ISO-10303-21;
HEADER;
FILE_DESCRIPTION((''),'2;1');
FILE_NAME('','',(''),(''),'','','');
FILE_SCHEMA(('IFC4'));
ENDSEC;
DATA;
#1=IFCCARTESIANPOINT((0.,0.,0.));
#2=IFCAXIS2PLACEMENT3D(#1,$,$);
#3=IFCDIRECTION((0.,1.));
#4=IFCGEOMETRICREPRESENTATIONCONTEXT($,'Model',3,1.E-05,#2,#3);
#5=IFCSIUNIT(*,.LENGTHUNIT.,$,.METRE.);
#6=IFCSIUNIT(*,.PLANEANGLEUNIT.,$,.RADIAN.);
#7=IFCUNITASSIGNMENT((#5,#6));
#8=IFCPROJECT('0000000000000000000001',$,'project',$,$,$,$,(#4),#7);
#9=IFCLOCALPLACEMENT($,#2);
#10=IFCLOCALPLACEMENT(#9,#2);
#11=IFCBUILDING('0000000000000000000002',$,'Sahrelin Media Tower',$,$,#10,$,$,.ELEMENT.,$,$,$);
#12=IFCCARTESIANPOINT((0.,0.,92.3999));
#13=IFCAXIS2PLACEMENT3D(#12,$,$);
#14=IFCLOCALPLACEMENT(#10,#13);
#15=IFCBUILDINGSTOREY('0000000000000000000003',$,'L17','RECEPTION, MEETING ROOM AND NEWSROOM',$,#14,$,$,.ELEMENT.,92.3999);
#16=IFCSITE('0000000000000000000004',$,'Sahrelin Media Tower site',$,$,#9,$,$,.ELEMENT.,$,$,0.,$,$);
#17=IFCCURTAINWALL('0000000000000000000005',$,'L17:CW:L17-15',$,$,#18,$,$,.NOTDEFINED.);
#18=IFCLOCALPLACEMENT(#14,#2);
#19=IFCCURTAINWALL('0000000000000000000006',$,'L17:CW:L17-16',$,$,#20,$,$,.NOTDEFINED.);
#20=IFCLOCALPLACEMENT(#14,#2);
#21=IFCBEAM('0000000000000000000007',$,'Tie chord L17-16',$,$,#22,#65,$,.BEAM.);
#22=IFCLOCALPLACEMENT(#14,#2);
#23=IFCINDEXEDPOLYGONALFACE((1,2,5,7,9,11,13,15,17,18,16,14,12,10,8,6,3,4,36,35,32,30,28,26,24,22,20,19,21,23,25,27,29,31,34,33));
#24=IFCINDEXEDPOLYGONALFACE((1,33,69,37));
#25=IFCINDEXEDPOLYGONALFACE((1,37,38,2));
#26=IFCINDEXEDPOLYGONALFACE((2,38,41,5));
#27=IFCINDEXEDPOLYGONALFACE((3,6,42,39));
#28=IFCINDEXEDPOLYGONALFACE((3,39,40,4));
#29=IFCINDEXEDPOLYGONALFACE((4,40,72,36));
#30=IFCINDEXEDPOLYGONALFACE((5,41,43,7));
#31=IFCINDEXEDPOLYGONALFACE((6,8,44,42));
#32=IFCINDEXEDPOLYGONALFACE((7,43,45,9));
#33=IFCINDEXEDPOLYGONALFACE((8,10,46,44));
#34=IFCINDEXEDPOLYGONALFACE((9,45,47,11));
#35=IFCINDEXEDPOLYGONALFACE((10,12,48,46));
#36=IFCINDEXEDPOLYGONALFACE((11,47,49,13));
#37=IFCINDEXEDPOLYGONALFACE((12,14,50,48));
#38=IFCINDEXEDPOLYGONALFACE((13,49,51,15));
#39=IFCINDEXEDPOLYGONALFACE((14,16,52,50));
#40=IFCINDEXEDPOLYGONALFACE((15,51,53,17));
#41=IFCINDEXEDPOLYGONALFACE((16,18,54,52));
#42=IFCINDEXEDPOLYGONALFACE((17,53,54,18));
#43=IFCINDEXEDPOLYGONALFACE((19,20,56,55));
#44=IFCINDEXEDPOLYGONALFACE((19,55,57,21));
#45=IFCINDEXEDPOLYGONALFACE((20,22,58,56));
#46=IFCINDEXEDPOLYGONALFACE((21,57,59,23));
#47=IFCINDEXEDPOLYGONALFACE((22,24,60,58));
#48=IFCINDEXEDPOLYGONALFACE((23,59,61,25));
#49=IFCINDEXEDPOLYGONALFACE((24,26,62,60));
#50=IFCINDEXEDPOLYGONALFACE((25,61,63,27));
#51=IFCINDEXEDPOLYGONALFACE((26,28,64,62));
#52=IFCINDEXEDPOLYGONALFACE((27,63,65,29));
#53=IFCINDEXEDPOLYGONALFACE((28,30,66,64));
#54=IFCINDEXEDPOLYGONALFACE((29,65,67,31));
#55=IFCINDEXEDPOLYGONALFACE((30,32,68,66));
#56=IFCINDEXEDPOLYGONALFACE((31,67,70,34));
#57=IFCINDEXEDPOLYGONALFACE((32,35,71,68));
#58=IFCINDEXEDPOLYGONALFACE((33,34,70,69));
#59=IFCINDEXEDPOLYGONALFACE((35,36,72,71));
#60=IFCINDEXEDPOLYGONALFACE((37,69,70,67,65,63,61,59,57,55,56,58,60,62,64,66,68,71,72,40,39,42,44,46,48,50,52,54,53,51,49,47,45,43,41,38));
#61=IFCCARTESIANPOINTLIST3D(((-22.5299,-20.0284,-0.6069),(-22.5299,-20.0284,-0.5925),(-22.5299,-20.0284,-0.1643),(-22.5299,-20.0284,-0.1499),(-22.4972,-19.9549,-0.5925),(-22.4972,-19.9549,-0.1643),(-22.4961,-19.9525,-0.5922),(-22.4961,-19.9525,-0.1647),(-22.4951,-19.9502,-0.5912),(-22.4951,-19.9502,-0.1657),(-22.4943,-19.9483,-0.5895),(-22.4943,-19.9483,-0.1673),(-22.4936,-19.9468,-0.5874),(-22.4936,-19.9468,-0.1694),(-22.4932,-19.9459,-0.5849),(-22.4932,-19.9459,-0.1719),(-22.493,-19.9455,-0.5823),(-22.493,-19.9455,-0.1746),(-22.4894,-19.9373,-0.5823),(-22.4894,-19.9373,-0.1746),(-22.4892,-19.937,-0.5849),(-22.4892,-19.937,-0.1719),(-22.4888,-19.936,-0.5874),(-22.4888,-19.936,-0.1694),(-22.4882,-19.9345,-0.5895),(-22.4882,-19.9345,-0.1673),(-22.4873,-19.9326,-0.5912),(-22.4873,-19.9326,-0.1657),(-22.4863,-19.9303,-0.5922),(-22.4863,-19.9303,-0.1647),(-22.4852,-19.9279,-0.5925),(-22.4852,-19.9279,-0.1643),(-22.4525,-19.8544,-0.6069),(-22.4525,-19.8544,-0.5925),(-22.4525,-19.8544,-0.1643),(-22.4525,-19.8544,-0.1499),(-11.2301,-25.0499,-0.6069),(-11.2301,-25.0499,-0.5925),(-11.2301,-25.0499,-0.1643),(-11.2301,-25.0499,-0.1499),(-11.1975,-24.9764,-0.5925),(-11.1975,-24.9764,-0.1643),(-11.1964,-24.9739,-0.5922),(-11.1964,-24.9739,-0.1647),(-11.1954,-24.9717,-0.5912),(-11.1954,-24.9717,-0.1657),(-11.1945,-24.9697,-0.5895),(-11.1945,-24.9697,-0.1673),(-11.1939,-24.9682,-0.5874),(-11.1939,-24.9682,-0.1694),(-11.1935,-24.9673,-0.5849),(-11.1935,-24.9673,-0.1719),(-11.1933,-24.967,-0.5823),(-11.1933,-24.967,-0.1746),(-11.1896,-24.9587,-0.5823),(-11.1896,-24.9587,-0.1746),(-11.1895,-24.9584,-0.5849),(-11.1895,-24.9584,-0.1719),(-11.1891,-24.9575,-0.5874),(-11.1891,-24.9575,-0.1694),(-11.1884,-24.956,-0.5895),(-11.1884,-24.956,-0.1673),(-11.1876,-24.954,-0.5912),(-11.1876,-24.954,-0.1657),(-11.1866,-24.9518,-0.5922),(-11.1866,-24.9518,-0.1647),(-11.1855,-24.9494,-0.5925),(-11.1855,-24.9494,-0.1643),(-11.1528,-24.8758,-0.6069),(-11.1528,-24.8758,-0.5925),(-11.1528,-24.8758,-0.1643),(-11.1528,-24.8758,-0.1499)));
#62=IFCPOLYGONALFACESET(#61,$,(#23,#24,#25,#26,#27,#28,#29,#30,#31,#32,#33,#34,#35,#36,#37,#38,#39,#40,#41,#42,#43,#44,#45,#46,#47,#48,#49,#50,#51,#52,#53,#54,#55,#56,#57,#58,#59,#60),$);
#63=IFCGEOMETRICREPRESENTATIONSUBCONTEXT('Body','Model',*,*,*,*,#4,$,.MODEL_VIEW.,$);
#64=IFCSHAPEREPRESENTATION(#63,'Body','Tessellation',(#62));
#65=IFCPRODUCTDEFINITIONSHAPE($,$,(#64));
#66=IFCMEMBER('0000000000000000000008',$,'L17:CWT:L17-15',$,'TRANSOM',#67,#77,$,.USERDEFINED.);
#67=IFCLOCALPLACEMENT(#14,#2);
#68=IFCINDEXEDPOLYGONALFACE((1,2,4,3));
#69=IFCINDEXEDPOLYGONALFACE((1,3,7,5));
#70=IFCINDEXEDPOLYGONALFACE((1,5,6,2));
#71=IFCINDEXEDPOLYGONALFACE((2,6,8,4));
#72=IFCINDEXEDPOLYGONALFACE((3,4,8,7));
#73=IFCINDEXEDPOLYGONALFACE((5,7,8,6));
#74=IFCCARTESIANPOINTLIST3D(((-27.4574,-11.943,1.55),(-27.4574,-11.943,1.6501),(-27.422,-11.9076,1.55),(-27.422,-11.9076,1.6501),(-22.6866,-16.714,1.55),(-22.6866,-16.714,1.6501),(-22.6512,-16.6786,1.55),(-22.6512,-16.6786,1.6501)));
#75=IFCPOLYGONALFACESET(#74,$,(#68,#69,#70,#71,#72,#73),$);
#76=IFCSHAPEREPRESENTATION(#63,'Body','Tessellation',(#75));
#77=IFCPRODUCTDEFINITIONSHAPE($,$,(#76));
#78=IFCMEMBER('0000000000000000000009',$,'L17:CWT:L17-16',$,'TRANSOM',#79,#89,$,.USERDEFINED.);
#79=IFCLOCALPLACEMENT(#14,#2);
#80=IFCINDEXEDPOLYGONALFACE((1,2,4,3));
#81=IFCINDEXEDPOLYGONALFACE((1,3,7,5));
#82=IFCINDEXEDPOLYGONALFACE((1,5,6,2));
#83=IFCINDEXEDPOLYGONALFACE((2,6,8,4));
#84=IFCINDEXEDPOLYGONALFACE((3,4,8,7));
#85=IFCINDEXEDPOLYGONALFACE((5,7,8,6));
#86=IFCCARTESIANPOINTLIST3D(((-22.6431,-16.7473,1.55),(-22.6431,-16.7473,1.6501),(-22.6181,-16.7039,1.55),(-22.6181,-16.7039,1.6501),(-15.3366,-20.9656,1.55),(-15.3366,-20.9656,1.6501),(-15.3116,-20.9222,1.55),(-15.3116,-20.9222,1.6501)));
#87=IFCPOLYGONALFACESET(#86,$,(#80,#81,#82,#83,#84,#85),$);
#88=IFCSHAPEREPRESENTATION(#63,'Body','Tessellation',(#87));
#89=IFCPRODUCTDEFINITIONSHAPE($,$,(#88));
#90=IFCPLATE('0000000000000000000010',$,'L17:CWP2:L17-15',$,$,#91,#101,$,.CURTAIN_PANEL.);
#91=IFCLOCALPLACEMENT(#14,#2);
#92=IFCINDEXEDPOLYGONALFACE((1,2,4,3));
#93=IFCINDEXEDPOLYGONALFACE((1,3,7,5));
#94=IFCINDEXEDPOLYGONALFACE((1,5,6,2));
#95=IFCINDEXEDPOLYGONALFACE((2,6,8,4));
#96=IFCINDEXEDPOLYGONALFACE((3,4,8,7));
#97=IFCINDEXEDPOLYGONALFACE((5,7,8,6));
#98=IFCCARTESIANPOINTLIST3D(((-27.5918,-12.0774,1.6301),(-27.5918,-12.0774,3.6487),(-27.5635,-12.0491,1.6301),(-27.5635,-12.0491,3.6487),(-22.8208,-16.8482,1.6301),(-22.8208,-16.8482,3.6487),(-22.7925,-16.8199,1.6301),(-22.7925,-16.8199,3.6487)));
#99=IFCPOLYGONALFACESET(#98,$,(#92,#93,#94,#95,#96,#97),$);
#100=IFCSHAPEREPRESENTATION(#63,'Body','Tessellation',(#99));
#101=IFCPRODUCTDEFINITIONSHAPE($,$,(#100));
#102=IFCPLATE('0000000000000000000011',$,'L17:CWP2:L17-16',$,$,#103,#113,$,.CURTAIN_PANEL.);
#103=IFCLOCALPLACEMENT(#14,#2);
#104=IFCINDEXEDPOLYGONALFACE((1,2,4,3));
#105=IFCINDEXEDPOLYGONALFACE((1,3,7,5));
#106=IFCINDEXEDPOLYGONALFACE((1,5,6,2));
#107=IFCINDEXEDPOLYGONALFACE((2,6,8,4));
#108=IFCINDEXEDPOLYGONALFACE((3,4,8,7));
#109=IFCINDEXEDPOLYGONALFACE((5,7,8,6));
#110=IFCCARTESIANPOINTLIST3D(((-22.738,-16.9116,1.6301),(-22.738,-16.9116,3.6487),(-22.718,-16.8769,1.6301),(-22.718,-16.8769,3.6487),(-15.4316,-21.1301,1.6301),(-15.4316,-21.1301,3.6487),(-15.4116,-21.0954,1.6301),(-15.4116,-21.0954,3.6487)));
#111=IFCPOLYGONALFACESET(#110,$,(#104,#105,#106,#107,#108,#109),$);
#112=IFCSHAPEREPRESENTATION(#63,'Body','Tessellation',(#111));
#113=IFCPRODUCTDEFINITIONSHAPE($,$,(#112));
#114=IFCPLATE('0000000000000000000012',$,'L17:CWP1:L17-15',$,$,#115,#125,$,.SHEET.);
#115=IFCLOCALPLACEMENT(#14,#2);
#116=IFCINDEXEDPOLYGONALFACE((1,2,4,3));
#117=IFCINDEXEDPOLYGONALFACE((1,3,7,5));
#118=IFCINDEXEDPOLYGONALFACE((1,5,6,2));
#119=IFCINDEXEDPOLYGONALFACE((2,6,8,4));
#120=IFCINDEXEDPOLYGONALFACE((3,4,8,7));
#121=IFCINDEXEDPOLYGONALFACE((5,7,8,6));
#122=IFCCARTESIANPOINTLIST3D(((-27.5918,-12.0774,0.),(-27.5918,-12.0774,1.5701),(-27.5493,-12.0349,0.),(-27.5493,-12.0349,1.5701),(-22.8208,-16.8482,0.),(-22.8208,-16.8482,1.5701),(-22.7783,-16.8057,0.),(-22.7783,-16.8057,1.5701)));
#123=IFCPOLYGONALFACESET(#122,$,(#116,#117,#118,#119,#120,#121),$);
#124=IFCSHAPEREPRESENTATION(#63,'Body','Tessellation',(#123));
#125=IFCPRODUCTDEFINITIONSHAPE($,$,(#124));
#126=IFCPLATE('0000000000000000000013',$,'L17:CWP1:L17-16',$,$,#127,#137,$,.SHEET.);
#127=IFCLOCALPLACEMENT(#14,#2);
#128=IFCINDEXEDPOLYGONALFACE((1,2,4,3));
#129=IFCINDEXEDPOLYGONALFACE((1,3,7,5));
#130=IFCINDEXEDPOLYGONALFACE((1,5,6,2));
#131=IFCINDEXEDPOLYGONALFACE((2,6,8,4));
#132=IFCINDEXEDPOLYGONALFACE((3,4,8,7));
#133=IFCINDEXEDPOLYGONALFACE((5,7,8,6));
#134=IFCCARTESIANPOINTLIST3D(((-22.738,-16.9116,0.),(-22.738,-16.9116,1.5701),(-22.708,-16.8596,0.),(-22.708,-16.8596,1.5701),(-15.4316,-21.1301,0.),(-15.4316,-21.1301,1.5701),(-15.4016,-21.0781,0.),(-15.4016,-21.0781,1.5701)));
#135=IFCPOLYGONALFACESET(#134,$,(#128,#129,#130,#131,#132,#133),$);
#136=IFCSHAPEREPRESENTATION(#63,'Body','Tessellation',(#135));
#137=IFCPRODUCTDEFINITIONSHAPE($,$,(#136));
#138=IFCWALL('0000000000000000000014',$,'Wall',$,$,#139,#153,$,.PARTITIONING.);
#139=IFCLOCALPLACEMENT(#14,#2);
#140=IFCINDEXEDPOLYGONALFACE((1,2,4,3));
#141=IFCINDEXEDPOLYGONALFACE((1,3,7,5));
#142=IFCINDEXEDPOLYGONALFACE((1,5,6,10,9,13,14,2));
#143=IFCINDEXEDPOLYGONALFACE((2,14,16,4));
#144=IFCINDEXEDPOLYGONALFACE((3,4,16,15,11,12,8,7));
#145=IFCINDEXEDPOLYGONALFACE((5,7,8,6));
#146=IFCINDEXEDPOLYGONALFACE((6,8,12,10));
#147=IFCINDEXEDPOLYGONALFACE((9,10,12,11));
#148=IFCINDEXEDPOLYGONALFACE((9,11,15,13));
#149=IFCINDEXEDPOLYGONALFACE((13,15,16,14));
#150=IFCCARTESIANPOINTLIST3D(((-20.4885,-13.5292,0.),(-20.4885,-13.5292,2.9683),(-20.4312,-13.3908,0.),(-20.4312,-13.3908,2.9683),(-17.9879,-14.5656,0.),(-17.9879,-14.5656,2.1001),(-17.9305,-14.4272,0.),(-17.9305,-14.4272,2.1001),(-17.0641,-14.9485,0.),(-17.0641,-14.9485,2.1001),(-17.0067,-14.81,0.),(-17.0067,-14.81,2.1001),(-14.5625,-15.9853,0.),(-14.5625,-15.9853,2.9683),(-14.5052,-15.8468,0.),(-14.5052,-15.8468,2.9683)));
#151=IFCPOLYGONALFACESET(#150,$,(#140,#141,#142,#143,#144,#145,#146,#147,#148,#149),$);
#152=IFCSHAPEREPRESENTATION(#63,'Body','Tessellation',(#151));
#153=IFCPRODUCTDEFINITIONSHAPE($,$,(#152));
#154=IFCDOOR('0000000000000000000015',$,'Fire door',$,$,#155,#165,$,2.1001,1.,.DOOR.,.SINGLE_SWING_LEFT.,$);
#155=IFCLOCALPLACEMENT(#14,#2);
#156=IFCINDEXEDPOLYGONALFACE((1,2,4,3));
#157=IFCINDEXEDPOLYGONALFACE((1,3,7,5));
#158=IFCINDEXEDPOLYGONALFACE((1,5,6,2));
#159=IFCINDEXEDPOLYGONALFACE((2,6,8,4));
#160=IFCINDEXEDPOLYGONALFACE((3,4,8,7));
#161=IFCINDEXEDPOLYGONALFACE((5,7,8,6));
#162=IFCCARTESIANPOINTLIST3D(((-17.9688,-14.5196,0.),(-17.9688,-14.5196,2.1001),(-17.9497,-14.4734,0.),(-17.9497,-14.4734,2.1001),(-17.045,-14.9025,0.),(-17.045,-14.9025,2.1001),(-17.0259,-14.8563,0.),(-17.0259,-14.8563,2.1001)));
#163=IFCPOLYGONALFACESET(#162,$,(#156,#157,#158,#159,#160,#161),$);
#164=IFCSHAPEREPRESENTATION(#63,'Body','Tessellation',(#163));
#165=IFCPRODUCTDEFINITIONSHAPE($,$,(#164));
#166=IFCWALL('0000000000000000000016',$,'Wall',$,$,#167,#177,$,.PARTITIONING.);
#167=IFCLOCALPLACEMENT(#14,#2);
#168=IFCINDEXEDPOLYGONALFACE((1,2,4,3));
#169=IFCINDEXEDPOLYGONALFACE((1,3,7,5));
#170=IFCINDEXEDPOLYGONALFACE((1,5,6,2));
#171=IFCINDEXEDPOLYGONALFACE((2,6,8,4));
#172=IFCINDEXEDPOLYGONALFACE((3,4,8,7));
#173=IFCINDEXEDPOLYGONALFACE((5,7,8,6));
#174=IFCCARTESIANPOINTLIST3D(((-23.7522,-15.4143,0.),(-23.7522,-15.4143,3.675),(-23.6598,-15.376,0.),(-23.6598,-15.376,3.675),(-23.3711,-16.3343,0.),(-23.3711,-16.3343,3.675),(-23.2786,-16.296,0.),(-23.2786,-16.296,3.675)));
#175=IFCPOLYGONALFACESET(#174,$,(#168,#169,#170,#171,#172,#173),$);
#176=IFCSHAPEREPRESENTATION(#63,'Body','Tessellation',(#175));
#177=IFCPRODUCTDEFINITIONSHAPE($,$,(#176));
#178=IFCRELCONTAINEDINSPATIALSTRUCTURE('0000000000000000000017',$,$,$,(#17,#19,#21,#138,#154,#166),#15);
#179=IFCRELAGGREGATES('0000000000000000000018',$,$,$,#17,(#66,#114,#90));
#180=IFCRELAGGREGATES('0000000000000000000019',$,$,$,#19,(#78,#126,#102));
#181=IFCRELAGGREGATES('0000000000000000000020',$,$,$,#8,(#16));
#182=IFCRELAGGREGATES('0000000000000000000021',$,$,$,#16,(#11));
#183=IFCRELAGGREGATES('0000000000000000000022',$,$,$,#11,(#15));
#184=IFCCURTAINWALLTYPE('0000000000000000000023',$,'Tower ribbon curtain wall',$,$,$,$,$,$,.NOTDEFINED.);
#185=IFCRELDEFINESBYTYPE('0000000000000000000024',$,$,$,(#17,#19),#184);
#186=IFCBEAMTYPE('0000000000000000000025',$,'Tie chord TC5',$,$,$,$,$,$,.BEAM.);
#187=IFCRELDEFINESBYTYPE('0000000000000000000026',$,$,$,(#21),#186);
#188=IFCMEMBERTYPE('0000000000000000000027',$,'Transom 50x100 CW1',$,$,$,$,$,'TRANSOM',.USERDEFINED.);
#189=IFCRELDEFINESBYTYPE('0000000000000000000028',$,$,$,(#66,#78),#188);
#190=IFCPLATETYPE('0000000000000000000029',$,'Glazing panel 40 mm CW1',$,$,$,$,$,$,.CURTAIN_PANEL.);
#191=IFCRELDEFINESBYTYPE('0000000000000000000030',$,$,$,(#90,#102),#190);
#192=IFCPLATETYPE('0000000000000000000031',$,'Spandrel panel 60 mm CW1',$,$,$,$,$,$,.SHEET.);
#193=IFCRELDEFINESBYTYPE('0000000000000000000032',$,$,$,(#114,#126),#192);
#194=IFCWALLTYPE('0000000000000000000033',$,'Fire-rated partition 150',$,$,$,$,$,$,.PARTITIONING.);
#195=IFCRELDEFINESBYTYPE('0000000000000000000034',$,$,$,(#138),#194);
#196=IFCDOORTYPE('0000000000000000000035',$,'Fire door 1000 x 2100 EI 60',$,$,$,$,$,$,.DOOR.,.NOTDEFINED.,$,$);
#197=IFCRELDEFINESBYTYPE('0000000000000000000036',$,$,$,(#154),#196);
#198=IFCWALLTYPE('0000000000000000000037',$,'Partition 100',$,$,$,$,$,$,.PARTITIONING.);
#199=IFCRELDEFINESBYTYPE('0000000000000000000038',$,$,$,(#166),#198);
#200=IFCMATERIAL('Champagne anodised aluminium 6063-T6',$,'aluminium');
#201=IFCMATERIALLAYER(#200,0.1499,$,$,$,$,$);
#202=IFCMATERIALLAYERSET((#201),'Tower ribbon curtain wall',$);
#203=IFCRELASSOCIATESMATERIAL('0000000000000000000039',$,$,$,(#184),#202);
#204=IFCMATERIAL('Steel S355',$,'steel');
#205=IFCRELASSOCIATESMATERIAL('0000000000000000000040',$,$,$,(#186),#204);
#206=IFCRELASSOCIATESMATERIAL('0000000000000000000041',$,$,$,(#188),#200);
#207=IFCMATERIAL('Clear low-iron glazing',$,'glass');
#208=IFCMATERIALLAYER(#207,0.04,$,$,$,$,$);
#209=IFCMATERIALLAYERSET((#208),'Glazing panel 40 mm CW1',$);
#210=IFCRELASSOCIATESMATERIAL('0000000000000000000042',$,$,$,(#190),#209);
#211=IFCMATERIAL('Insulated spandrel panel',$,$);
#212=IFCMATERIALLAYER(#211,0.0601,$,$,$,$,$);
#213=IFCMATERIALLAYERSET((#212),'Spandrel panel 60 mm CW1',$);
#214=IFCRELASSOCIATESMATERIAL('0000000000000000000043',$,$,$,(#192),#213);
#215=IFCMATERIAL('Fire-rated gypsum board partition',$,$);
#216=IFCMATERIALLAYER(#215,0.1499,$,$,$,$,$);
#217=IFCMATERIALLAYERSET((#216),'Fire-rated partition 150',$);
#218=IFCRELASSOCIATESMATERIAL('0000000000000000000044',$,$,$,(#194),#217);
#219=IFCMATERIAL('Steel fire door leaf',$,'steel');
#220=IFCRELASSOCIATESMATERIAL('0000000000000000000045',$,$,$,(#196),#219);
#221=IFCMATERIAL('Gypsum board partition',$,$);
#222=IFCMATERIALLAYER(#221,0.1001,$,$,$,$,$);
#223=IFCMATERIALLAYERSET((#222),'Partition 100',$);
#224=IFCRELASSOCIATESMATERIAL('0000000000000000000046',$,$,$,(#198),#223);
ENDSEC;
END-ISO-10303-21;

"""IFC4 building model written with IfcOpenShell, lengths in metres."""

from ifc_helpers import new_model, si_unit, direction, frame, frame_2d, origin, origin_2d, place, context, subcontext, project, spatial, polyline, rectangle, i_section, outline, extrude, material, layer, layer_set, material_profile, profile_set, type_object, element, fill, aggregate, save


model = new_model("IFC4")

# Units and contexts
model_context = context("Model", 3, precision=1e-05, world=origin(), true_north=direction((0.0, 1.0)))
body_context = subcontext(model_context, "Body", "Model", "MODEL_VIEW")
ifc_project = project(units=[si_unit("LENGTHUNIT", "METRE"), si_unit("PLANEANGLEUNIT", "RADIAN")], contexts=[model_context])

# Site, building, storey
site_placement = place(None, origin())
site = spatial("IfcSite", under=ifc_project, at=site_placement, Name="Sahrelin Media Tower site", CompositionType="ELEMENT", RefElevation=0.0)
building_placement = place(site_placement, origin())
building = spatial("IfcBuilding", under=site, at=building_placement, Name="Sahrelin Media Tower", CompositionType="ELEMENT")
storey_placement = place(building_placement, frame((0.0, 0.0, 92.3999)))
storey = spatial("IfcBuildingStorey", under=building, at=storey_placement, Name="L17", Description="RECEPTION, MEETING ROOM AND NEWSROOM", CompositionType="ELEMENT", Elevation=92.3999)

# Shared definitions
ifc_material_1 = material(Name="Steel S355", Category="steel")

# Curtain walls
ifc_material_2 = material(Name="Champagne anodised aluminium 6063-T6", Category="aluminium")
ifc_layer_1 = layer(ifc_material_2, 0.1499)
ifc_layer_set_1 = layer_set([ifc_layer_1], Name="Tower ribbon curtain wall")
curtain_wall_type = type_object("IfcCurtainWallType", Name="Tower ribbon curtain wall", PredefinedType="NOTDEFINED", material=ifc_layer_set_1)
curtain_wall_1_placement = place(storey_placement, frame((-25.1921, -14.4487, 0.0), z_axis=(0.0, 0.0, 1.0), x_axis=(1.0, 0.0, 0.0)))
curtain_wall_1 = element("IfcCurtainWall", 1, at=curtain_wall_1_placement, inside=storey, type_object=curtain_wall_type, Name="L17:CW:L17-15", PredefinedType="NOTDEFINED")
curtain_wall_2_placement = place(storey_placement, frame((-19.075, -19.0037, 0.0), z_axis=(0.0, 0.0, 1.0), x_axis=(1.0, 0.0, 0.0)))
curtain_wall_2 = element("IfcCurtainWall", 2, at=curtain_wall_2_placement, inside=storey, type_object=curtain_wall_type, Name="L17:CW:L17-16", PredefinedType="NOTDEFINED")

# Beam
ifc_material_profile_1 = material_profile(ifc_material_1, i_section(OverallWidth=0.1904, OverallDepth=0.457, WebThickness=0.009, FlangeThickness=0.0144, FilletRadius=0.0103, at=origin_2d()), Name="UB 457x191x74")
ifc_profile_set_1 = profile_set([ifc_material_profile_1], Name="Steel S355")
beam_type_1 = type_object("IfcBeamType", Name="Tie chord TC5", PredefinedType="BEAM", material=ifc_profile_set_1)
beam_1_placement = place(storey_placement, frame((-22.4912, -19.9414, -0.3784), z_axis=(0.913831, -0.406094, 0.0), x_axis=(0.406094, 0.913831, 0.0)))
element("IfcBeam", 3, at=beam_1_placement, inside=storey, type_object=beam_type_1, Name="Tie chord L17-16", PredefinedType="BEAM", context=body_context, shape_type="SweptSolid", body=[
    extrude(i_section(OverallWidth=0.1904, OverallDepth=0.457, WebThickness=0.009, FlangeThickness=0.0144, FilletRadius=0.0103, at=origin_2d()), origin(), (0.0, 0.0, 1.0), 12.3652),
])

# Members
ifc_material_profile_2 = material_profile(ifc_material_2, rectangle(XDim=0.05, YDim=0.1001, at=origin_2d()), Name="Transom 50x100")
ifc_profile_set_2 = profile_set([ifc_material_profile_2], Name="Champagne anodised aluminium 6063-T6")
member_type_1 = type_object("IfcMemberType", Name="Transom 50x100 CW1", ElementType="TRANSOM", PredefinedType="USERDEFINED", material=ifc_profile_set_2)
member_1_placement = place(storey_placement, frame((-27.4397, -11.9253, 1.6001), z_axis=(0.707089, -0.707125, 0.0), x_axis=(0.707125, 0.707089, 0.0)))
member_1 = element("IfcMember", 4, at=member_1_placement, type_object=member_type_1, Name="L17:CWT:L17-15", ObjectType="TRANSOM", PredefinedType="USERDEFINED", context=body_context, shape_type="SweptSolid", body=[
    extrude(rectangle(XDim=0.05, YDim=0.1001, at=origin_2d()), origin(), (0.0, 0.0, 1.0), 6.7471),
])
member_2_placement = place(storey_placement, frame((-22.6306, -16.7256, 1.6001), z_axis=(0.86603, -0.499992, 0.0), x_axis=(0.499992, 0.86603, 0.0)))
member_2 = element("IfcMember", 5, at=member_2_placement, type_object=member_type_1, Name="L17:CWT:L17-16", ObjectType="TRANSOM", PredefinedType="USERDEFINED", context=body_context, shape_type="SweptSolid", body=[
    extrude(rectangle(XDim=0.05, YDim=0.1001, at=origin_2d()), origin(), (0.0, 0.0, 1.0), 8.4368),
])

# Plates
ifc_material_3 = material(Name="Clear low-iron glazing", Category="glass")
ifc_layer_2 = layer(ifc_material_3, 0.04)
ifc_layer_set_2 = layer_set([ifc_layer_2], Name="Glazing panel 40 mm CW1")
plate_type_1 = type_object("IfcPlateType", Name="Glazing panel 40 mm CW1", PredefinedType="CURTAIN_PANEL", material=ifc_layer_set_2)
plate_1_placement = place(storey_placement, frame((-27.5918, -12.0774, 1.6301), z_axis=(-0.707089, -0.707125, 0.0), x_axis=(0.707125, -0.707089, 0.0)))
plate_1 = element("IfcPlate", 6, at=plate_1_placement, type_object=plate_type_1, Name="L17:CWP2:L17-15", PredefinedType="CURTAIN_PANEL", context=body_context, shape_type="SweptSolid", body=[
    extrude(outline(polyline([(0.0, 0.0), (6.7471, 0.0), (6.7471, 2.0186), (0.0, 2.0186), (0.0, 0.0)])), origin(), (0.0, 0.0, -1.0), 0.04),
])
plate_2_placement = place(storey_placement, frame((-22.738, -16.9116, 1.6301), z_axis=(-0.500014, -0.866017, 0.0), x_axis=(0.866017, -0.500014, 0.0)))
plate_2 = element("IfcPlate", 7, at=plate_2_placement, type_object=plate_type_1, Name="L17:CWP2:L17-16", PredefinedType="CURTAIN_PANEL", context=body_context, shape_type="SweptSolid", body=[
    extrude(outline(polyline([(0.0, 0.0), (8.4368, 0.0), (8.4368, 2.0186), (0.0, 2.0186), (0.0, 0.0)])), origin(), (0.0, 0.0, -1.0), 0.04),
])
ifc_material_4 = material(Name="Insulated spandrel panel")
ifc_layer_3 = layer(ifc_material_4, 0.0601)
ifc_layer_set_3 = layer_set([ifc_layer_3], Name="Spandrel panel 60 mm CW1")
plate_type_2 = type_object("IfcPlateType", Name="Spandrel panel 60 mm CW1", PredefinedType="SHEET", material=ifc_layer_set_3)
plate_3_placement = place(storey_placement, frame((-27.5918, -12.0774, 0.0), z_axis=(-0.707089, -0.707125, 0.0), x_axis=(0.707125, -0.707089, 0.0)))
plate_3 = element("IfcPlate", 8, at=plate_3_placement, type_object=plate_type_2, Name="L17:CWP1:L17-15", PredefinedType="SHEET", context=body_context, shape_type="SweptSolid", body=[
    extrude(outline(polyline([(0.0, 0.0), (6.7471, 0.0), (6.7471, 1.5701), (0.0, 1.5701), (0.0, 0.0)])), origin(), (0.0, 0.0, -1.0), 0.0601),
])
aggregate(curtain_wall_1, [member_1, plate_3, plate_1])
plate_4_placement = place(storey_placement, frame((-22.738, -16.9116, 0.0), z_axis=(-0.500014, -0.866017, 0.0), x_axis=(0.866017, -0.500014, 0.0)))
plate_4 = element("IfcPlate", 9, at=plate_4_placement, type_object=plate_type_2, Name="L17:CWP1:L17-16", PredefinedType="SHEET", context=body_context, shape_type="SweptSolid", body=[
    extrude(outline(polyline([(0.0, 0.0), (8.4368, 0.0), (8.4368, 1.5701), (0.0, 1.5701), (0.0, 0.0)])), origin(), (0.0, 0.0, -1.0), 0.0601),
])
aggregate(curtain_wall_2, [member_2, plate_4, plate_2])

# Wall, opening, door
ifc_material_5 = material(Name="Fire-rated gypsum board partition")
ifc_layer_4 = layer(ifc_material_5, 0.1499)
ifc_layer_set_4 = layer_set([ifc_layer_4], Name="Fire-rated partition 150")
wall_type_1 = type_object("IfcWallType", Name="Fire-rated partition 150", PredefinedType="PARTITIONING", material=ifc_layer_set_4)
wall_1_placement = place(storey_placement, frame((-20.46, -13.46, 0.0), z_axis=(0.0, 0.0, 1.0), x_axis=(0.923802, -0.382872, 0.0)))
wall_1 = element("IfcWall", 10, at=wall_1_placement, inside=storey, type_object=wall_type_1, Name="Wall", PredefinedType="PARTITIONING", context=body_context, shape_type="SweptSolid", body=[
    extrude(rectangle(XDim=6.4148, YDim=0.1499, at=frame_2d((3.2075, 0.0))), origin(), (0.0, 0.0, 1.0), 2.9683),
])
opening_placement = place(wall_1_placement, frame((2.707, 0.0, 0.0)))
opening = element("IfcOpeningElement", 11, at=opening_placement, cuts=wall_1, PredefinedType="OPENING", context=body_context, shape_type="SweptSolid", body=[
    extrude(rectangle(XDim=1.0, YDim=2.1001, at=frame_2d((0.5, 1.05))), frame((0.0, 0.075, 0.0), z_axis=(0.0, -1.0, 0.0), x_axis=(1.0, 0.0, 0.0)), (0.0, 0.0, 1.0), 0.1499),
])
ifc_material_6 = material(Name="Steel fire door leaf", Category="steel")
door_type = type_object("IfcDoorType", Name="Fire door 1000 x 2100 EI 60", OperationType="NOTDEFINED", PredefinedType="DOOR", material=ifc_material_6)
door_placement = place(opening_placement, origin())
door = element("IfcDoor", 12, at=door_placement, inside=storey, type_object=door_type, Name="Fire door", OperationType="SINGLE_SWING_LEFT", OverallHeight=2.1001, OverallWidth=1.0, PredefinedType="DOOR", context=body_context, shape_type="SweptSolid", body=[
    extrude(rectangle(XDim=1.0, YDim=2.1001, at=frame_2d((0.5, 1.05))), frame((0.0, 0.0249, 0.0), z_axis=(0.0, -1.0, 0.0), x_axis=(1.0, 0.0, 0.0)), (0.0, 0.0, 1.0), 0.05),
])
fill(opening, door)

# Wall
ifc_material_7 = material(Name="Gypsum board partition")
ifc_layer_5 = layer(ifc_material_7, 0.1001)
ifc_layer_set_5 = layer_set([ifc_layer_5], Name="Partition 100")
wall_type_2 = type_object("IfcWallType", Name="Partition 100", PredefinedType="PARTITIONING", material=ifc_layer_set_5)
wall_2_placement = place(storey_placement, frame((-23.7061, -15.395, 0.0), z_axis=(0.0, 0.0, 1.0), x_axis=(0.382734, -0.923858, 0.0)))
element("IfcWall", 13, at=wall_2_placement, inside=storey, type_object=wall_type_2, Name="Wall", PredefinedType="PARTITIONING", context=body_context, shape_type="SweptSolid", body=[
    extrude(rectangle(XDim=0.9958, YDim=0.1001, at=frame_2d((0.498, 0.0))), origin(), (0.0, 0.0, 1.0), 3.675),
])

save(model, "model.ifc")
